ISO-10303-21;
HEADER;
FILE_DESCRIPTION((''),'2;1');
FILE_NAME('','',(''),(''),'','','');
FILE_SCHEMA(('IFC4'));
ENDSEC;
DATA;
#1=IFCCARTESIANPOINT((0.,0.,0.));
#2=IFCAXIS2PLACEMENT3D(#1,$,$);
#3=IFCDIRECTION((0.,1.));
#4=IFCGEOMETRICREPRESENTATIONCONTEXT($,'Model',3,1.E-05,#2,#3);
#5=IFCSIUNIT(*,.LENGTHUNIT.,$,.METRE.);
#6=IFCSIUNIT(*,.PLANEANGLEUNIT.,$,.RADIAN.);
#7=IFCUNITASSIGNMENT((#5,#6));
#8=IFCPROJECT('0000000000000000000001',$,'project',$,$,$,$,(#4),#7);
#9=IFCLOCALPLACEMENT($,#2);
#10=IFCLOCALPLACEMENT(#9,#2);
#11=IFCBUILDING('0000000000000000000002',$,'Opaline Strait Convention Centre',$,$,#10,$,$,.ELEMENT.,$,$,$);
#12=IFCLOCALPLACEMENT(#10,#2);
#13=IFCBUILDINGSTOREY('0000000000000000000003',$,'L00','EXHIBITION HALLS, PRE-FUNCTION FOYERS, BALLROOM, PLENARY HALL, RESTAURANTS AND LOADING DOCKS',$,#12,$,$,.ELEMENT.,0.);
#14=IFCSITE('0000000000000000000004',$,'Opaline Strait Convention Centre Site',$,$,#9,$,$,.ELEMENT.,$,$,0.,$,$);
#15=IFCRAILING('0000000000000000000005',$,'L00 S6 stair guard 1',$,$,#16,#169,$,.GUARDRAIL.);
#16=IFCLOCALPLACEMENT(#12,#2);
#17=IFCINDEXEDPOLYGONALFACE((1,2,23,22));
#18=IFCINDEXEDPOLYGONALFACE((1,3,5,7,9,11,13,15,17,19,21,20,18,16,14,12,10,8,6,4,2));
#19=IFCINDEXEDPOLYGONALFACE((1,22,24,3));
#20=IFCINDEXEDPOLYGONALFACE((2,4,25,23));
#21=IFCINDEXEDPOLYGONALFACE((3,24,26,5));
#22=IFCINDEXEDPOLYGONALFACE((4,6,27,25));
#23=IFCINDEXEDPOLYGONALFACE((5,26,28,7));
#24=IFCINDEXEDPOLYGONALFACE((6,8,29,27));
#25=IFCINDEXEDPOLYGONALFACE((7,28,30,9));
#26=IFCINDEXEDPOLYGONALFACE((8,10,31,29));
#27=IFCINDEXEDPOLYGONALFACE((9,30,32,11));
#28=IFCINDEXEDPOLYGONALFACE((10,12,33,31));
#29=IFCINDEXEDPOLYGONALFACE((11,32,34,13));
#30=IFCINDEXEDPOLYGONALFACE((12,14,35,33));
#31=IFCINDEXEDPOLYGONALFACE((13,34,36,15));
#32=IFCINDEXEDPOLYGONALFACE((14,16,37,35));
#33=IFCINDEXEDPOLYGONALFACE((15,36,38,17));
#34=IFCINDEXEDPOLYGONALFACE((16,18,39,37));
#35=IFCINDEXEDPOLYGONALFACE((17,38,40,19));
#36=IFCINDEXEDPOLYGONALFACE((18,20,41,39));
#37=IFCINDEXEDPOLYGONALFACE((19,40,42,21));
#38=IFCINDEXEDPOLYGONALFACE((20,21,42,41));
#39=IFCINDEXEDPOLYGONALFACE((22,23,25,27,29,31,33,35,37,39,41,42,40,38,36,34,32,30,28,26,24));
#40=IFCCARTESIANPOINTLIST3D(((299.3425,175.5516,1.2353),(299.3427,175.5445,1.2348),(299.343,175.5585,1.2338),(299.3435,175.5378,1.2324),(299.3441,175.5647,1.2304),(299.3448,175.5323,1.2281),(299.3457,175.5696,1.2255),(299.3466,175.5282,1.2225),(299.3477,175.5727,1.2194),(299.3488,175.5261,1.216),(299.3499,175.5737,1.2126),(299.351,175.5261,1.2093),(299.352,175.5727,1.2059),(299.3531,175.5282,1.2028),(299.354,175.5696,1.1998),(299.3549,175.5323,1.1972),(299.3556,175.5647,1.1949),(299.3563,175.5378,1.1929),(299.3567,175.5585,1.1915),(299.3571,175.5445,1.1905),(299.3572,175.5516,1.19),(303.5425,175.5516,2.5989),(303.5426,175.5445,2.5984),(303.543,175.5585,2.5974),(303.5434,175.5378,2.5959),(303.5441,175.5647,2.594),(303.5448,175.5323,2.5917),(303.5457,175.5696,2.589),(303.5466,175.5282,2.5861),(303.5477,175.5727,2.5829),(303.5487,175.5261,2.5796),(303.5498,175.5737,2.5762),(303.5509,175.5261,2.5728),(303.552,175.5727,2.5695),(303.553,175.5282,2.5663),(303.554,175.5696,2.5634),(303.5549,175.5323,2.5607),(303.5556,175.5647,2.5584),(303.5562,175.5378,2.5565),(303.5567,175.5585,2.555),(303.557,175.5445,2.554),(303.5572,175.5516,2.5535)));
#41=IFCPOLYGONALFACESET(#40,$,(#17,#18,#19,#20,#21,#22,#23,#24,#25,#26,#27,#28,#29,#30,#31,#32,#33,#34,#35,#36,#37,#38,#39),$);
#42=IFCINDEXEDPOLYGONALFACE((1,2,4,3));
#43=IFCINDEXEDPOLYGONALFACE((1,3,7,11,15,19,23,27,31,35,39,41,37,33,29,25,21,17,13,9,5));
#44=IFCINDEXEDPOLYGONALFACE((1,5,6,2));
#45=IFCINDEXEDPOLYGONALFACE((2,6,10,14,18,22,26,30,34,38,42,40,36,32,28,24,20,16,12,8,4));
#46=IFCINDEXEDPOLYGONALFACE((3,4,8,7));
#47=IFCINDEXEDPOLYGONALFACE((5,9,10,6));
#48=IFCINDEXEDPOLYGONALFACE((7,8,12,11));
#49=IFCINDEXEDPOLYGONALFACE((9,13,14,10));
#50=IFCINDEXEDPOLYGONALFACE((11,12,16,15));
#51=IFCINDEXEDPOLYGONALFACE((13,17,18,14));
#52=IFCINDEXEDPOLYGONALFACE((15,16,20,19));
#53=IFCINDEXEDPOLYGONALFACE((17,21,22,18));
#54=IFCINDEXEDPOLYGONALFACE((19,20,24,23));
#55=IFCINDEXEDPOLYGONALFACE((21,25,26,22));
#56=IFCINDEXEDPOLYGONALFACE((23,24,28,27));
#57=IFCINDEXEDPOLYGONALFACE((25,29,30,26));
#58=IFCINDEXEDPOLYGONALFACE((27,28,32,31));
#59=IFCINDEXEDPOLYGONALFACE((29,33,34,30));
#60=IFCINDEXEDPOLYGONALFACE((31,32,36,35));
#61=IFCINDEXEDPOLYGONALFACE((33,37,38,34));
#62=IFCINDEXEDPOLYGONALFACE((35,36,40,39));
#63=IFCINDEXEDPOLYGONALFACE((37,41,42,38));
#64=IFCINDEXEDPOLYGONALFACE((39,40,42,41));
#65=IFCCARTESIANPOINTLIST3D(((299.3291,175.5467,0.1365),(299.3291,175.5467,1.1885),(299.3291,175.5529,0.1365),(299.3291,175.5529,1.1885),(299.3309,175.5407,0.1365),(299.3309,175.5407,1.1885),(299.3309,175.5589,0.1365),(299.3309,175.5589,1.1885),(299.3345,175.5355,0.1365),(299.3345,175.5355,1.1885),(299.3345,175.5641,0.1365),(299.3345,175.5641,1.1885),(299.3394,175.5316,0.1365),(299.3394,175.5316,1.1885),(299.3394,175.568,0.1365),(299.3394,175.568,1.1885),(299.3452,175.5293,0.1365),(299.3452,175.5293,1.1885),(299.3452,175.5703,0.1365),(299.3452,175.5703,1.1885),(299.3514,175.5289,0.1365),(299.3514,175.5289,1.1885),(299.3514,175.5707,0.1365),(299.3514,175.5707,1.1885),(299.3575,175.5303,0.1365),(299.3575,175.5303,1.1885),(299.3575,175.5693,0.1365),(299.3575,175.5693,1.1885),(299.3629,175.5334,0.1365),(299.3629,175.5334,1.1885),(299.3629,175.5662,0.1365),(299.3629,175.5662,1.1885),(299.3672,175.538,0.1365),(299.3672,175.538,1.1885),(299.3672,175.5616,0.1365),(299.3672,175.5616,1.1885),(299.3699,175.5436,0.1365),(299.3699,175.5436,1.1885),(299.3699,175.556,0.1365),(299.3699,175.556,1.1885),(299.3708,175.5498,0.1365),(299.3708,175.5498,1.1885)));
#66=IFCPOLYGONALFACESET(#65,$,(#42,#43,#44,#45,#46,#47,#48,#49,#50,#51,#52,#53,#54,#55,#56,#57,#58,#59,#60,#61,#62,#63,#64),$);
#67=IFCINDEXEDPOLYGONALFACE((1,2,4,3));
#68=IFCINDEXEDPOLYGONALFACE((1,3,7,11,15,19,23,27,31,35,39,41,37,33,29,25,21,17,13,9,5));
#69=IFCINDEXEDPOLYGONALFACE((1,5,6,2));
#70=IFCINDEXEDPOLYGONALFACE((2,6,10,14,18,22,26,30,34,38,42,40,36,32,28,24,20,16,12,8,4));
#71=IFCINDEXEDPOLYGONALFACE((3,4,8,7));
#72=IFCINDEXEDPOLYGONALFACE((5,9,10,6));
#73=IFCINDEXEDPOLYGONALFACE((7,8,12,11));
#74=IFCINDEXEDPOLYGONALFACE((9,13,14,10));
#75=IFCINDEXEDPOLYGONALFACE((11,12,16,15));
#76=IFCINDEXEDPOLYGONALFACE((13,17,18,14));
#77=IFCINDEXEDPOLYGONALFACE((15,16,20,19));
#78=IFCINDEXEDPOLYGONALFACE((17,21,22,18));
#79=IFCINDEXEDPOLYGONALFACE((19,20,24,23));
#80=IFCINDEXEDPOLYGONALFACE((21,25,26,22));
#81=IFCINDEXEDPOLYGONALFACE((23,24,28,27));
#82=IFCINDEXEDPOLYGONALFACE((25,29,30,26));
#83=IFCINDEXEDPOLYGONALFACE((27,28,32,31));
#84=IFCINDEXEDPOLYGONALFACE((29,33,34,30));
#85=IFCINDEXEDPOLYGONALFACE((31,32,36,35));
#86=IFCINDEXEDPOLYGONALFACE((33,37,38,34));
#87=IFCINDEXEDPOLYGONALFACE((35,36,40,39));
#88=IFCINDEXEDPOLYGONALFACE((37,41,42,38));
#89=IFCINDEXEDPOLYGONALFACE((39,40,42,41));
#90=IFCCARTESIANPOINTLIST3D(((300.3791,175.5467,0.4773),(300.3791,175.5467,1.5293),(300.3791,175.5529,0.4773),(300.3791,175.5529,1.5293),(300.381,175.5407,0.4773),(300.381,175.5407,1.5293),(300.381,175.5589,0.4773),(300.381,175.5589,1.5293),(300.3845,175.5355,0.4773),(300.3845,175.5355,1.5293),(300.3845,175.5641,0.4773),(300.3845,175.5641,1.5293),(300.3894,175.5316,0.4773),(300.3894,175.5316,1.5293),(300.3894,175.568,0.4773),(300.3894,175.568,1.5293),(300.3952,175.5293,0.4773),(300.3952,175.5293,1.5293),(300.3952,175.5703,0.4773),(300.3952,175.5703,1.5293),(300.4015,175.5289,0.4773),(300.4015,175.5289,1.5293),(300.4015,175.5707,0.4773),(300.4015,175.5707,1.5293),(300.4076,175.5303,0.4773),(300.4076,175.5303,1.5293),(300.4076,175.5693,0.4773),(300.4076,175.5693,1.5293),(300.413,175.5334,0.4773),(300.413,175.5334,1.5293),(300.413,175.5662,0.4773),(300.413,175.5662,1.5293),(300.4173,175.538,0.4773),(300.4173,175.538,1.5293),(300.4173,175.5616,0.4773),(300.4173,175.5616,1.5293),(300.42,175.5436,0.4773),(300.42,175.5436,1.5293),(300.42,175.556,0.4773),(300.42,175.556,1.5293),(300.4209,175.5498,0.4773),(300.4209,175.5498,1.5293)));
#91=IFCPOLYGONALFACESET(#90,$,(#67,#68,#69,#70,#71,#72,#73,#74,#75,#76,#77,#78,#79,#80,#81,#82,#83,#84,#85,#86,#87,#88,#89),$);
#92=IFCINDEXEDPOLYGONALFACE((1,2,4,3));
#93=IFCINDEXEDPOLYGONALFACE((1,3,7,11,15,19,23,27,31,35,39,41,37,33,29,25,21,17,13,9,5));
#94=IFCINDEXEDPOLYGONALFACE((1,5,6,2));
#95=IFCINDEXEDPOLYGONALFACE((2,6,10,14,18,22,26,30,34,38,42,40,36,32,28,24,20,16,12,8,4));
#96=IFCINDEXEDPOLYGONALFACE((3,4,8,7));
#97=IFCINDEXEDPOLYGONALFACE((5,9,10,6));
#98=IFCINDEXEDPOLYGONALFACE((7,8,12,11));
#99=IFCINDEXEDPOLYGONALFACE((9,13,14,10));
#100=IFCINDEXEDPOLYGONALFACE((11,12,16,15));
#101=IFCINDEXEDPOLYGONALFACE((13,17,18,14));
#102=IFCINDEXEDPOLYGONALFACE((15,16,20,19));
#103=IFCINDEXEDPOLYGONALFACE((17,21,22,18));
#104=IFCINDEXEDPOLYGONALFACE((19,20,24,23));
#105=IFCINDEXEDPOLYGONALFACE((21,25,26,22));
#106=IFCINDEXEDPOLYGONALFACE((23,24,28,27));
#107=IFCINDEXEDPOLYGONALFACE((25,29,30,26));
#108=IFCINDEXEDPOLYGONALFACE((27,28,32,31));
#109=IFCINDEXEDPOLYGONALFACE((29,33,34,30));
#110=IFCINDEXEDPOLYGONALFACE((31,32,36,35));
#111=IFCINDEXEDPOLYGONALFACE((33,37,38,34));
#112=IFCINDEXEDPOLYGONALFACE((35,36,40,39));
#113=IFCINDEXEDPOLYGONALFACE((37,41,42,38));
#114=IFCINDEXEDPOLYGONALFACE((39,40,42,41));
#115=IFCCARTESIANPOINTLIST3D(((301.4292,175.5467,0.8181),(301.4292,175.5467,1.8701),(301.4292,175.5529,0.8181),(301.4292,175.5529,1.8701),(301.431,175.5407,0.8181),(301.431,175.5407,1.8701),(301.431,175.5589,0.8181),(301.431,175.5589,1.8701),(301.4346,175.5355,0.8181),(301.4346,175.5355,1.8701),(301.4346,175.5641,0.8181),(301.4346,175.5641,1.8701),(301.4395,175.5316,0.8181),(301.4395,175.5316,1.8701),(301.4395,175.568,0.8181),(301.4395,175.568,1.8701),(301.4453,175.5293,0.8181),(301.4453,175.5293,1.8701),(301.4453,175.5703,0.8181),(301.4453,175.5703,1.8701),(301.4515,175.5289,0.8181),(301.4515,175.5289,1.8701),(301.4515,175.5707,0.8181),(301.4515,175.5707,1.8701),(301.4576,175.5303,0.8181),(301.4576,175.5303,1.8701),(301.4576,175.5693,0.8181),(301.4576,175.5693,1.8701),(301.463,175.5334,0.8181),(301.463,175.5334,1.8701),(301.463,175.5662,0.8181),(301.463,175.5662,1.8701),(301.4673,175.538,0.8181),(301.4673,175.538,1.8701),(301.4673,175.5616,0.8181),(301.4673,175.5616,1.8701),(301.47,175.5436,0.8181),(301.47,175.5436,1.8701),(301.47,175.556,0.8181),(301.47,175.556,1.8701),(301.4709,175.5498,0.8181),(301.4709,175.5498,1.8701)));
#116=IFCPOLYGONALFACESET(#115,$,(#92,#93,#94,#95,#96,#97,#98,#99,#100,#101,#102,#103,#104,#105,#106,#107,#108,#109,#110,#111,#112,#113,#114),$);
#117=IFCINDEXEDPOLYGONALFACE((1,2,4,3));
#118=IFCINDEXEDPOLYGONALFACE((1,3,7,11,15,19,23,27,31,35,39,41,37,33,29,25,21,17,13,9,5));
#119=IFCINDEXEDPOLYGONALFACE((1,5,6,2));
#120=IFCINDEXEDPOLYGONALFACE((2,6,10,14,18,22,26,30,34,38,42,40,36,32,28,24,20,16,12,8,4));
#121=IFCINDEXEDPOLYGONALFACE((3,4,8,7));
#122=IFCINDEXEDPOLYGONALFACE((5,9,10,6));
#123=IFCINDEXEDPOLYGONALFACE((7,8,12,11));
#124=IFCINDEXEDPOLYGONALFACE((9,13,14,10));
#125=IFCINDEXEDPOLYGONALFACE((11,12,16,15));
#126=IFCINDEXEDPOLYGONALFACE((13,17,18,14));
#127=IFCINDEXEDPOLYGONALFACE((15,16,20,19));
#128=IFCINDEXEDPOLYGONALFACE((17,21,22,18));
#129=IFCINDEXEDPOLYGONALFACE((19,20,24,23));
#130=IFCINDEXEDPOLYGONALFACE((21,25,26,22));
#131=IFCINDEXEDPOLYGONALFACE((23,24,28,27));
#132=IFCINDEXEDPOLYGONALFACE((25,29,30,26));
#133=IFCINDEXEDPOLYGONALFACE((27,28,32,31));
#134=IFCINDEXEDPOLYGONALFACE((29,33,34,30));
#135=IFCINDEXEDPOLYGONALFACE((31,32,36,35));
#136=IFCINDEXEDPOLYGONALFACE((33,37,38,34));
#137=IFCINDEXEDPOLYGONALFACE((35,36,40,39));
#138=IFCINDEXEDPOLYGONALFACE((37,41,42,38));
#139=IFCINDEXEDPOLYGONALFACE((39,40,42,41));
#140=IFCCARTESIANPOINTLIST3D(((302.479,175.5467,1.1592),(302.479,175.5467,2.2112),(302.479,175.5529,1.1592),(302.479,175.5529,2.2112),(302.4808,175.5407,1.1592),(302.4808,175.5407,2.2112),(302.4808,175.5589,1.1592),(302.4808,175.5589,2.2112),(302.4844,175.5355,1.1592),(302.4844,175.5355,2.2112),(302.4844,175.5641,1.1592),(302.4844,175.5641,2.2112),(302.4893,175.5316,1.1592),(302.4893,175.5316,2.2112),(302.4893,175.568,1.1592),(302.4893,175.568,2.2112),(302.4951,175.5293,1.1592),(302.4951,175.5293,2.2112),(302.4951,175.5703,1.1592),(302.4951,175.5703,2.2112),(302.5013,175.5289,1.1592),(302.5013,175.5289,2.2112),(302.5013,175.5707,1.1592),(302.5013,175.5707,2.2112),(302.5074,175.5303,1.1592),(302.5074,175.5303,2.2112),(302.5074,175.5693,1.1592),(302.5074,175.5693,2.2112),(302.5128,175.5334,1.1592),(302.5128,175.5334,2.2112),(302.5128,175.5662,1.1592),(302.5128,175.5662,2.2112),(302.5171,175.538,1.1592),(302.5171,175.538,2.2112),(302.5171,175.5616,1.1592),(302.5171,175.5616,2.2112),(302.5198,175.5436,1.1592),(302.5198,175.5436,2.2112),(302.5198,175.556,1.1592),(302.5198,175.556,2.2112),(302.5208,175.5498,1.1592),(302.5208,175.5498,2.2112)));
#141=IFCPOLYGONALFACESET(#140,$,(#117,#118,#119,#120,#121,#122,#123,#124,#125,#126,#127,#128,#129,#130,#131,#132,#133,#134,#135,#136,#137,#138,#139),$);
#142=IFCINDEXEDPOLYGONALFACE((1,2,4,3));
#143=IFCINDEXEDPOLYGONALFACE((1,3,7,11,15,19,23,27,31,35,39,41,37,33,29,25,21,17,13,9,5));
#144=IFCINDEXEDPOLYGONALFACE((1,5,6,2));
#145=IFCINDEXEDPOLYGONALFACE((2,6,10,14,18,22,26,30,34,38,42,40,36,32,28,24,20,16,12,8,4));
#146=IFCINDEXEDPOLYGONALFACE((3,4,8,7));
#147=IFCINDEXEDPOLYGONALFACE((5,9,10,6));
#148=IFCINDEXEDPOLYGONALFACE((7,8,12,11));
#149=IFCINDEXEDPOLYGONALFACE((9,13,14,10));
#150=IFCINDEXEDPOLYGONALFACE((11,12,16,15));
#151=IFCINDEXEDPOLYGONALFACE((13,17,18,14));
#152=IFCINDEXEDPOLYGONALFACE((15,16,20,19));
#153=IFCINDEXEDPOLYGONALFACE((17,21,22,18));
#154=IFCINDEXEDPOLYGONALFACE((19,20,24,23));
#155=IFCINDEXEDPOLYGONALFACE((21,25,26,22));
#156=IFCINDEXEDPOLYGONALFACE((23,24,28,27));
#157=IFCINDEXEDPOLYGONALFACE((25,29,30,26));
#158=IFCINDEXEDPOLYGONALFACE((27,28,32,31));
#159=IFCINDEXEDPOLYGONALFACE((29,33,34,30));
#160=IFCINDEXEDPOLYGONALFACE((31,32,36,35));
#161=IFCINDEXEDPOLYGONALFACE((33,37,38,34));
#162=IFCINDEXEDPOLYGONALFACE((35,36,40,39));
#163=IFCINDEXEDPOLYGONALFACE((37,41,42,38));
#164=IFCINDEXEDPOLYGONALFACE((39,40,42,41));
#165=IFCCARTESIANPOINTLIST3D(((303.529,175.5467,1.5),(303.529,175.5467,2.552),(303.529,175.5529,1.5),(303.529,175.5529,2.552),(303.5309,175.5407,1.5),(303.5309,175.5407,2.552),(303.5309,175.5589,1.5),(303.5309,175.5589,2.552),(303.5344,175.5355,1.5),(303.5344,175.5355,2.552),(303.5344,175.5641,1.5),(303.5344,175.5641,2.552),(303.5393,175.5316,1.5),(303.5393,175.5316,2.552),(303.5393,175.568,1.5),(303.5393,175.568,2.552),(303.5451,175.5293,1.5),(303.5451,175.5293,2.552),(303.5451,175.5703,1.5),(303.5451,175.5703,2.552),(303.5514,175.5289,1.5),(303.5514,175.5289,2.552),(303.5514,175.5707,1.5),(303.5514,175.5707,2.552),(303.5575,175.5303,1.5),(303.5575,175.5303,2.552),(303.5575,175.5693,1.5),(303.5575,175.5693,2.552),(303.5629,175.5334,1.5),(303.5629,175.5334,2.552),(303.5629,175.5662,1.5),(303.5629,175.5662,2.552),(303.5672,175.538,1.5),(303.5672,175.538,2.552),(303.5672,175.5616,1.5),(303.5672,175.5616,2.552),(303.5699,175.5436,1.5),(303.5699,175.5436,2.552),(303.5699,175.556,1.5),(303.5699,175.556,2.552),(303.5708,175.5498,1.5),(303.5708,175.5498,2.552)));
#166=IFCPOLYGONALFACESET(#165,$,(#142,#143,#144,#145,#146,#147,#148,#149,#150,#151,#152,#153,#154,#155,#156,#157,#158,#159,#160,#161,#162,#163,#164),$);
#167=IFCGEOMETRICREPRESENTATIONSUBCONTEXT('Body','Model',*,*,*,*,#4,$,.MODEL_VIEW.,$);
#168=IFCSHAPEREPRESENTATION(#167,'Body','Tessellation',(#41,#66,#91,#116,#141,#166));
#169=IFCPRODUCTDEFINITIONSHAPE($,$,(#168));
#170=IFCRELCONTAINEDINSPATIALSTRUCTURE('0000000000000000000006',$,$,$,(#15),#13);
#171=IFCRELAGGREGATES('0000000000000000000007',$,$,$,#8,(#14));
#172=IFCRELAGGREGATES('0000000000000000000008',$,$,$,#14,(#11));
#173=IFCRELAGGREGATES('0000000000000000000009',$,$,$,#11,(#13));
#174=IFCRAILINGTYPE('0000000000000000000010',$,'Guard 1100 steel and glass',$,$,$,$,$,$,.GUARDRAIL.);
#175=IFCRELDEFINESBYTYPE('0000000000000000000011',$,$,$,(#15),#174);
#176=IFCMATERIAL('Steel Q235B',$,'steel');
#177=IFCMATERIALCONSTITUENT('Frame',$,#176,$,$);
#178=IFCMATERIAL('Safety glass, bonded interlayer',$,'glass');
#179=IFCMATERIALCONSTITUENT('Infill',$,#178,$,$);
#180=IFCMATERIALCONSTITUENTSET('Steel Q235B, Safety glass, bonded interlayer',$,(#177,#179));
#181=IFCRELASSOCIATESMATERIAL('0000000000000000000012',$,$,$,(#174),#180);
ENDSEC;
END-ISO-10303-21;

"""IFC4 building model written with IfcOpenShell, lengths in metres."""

from ifc_helpers import new_model, si_unit, direction, frame, origin, origin_2d, place, context, subcontext, project, spatial, circle, extrude, material, constituent, constituent_set, type_object, element, save


model = new_model("IFC4")

# Units and contexts
model_context = context("Model", 3, precision=1e-05, world=origin(), true_north=direction((0.0, 1.0)))
body_context = subcontext(model_context, "Body", "Model", "MODEL_VIEW")
ifc_project = project(units=[si_unit("LENGTHUNIT", "METRE"), si_unit("PLANEANGLEUNIT", "RADIAN")], contexts=[model_context])

# Site, building, storey
site_placement = place(None, origin())
site = spatial("IfcSite", under=ifc_project, at=site_placement, Name="Opaline Strait Convention Centre Site", CompositionType="ELEMENT", RefElevation=0.0)
building_placement = place(site_placement, origin())
building = spatial("IfcBuilding", under=site, at=building_placement, Name="Opaline Strait Convention Centre", CompositionType="ELEMENT")
storey_placement = place(building_placement, origin())
storey = spatial("IfcBuildingStorey", under=building, at=storey_placement, Name="L00", Description="EXHIBITION HALLS, PRE-FUNCTION FOYERS, BALLROOM, PLENARY HALL, RESTAURANTS AND LOADING DOCKS", CompositionType="ELEMENT", Elevation=0.0)

# Shared definitions
ifc_material_1 = material(Name="Steel Q235B", Category="steel")

# Railing
ifc_constituent_1 = constituent(ifc_material_1, Name="Frame")
ifc_material_2 = material(Name="Safety glass, bonded interlayer", Category="glass")
ifc_constituent_2 = constituent(ifc_material_2, Name="Infill")
ifc_constituent_set = constituent_set(constituents=[ifc_constituent_1, ifc_constituent_2], Name="Steel Q235B, Safety glass, bonded interlayer")
railing_type_1 = type_object("IfcRailingType", Name="Guard 1100 steel and glass", PredefinedType="GUARDRAIL", material=ifc_constituent_set)
railing_1_placement = place(storey_placement, frame((299.3499, 175.5498, 0.1365)))
element("IfcRailing", 1, at=railing_1_placement, inside=storey, type_object=railing_type_1, Name="L00 S6 stair guard 1", PredefinedType="GUARDRAIL", context=body_context, shape_type="SweptSolid", body=[
    extrude(circle(Radius=0.0239, at=origin_2d()), frame((0.0, 0.0, 1.0762), z_axis=(0.951131, 0.0, 0.308787), x_axis=(0.0, 1.0, 0.0)), (0.0, 0.0, 1.0), 4.4158),
    extrude(circle(Radius=0.021, at=origin_2d()), origin(), (0.0, 0.0, 1.0), 1.052),
    extrude(circle(Radius=0.021, at=origin_2d()), frame((1.05, 0.0, 0.3408)), (0.0, 0.0, 1.0), 1.052),
    extrude(circle(Radius=0.021, at=origin_2d()), frame((2.1001, 0.0, 0.6816)), (0.0, 0.0, 1.0), 1.052),
    extrude(circle(Radius=0.021, at=origin_2d()), frame((3.1499, 0.0, 1.0227)), (0.0, 0.0, 1.0), 1.052),
    extrude(circle(Radius=0.021, at=origin_2d()), frame((4.2, 0.0, 1.3635)), (0.0, 0.0, 1.0), 1.052),
])

save(model, "model.ifc")
